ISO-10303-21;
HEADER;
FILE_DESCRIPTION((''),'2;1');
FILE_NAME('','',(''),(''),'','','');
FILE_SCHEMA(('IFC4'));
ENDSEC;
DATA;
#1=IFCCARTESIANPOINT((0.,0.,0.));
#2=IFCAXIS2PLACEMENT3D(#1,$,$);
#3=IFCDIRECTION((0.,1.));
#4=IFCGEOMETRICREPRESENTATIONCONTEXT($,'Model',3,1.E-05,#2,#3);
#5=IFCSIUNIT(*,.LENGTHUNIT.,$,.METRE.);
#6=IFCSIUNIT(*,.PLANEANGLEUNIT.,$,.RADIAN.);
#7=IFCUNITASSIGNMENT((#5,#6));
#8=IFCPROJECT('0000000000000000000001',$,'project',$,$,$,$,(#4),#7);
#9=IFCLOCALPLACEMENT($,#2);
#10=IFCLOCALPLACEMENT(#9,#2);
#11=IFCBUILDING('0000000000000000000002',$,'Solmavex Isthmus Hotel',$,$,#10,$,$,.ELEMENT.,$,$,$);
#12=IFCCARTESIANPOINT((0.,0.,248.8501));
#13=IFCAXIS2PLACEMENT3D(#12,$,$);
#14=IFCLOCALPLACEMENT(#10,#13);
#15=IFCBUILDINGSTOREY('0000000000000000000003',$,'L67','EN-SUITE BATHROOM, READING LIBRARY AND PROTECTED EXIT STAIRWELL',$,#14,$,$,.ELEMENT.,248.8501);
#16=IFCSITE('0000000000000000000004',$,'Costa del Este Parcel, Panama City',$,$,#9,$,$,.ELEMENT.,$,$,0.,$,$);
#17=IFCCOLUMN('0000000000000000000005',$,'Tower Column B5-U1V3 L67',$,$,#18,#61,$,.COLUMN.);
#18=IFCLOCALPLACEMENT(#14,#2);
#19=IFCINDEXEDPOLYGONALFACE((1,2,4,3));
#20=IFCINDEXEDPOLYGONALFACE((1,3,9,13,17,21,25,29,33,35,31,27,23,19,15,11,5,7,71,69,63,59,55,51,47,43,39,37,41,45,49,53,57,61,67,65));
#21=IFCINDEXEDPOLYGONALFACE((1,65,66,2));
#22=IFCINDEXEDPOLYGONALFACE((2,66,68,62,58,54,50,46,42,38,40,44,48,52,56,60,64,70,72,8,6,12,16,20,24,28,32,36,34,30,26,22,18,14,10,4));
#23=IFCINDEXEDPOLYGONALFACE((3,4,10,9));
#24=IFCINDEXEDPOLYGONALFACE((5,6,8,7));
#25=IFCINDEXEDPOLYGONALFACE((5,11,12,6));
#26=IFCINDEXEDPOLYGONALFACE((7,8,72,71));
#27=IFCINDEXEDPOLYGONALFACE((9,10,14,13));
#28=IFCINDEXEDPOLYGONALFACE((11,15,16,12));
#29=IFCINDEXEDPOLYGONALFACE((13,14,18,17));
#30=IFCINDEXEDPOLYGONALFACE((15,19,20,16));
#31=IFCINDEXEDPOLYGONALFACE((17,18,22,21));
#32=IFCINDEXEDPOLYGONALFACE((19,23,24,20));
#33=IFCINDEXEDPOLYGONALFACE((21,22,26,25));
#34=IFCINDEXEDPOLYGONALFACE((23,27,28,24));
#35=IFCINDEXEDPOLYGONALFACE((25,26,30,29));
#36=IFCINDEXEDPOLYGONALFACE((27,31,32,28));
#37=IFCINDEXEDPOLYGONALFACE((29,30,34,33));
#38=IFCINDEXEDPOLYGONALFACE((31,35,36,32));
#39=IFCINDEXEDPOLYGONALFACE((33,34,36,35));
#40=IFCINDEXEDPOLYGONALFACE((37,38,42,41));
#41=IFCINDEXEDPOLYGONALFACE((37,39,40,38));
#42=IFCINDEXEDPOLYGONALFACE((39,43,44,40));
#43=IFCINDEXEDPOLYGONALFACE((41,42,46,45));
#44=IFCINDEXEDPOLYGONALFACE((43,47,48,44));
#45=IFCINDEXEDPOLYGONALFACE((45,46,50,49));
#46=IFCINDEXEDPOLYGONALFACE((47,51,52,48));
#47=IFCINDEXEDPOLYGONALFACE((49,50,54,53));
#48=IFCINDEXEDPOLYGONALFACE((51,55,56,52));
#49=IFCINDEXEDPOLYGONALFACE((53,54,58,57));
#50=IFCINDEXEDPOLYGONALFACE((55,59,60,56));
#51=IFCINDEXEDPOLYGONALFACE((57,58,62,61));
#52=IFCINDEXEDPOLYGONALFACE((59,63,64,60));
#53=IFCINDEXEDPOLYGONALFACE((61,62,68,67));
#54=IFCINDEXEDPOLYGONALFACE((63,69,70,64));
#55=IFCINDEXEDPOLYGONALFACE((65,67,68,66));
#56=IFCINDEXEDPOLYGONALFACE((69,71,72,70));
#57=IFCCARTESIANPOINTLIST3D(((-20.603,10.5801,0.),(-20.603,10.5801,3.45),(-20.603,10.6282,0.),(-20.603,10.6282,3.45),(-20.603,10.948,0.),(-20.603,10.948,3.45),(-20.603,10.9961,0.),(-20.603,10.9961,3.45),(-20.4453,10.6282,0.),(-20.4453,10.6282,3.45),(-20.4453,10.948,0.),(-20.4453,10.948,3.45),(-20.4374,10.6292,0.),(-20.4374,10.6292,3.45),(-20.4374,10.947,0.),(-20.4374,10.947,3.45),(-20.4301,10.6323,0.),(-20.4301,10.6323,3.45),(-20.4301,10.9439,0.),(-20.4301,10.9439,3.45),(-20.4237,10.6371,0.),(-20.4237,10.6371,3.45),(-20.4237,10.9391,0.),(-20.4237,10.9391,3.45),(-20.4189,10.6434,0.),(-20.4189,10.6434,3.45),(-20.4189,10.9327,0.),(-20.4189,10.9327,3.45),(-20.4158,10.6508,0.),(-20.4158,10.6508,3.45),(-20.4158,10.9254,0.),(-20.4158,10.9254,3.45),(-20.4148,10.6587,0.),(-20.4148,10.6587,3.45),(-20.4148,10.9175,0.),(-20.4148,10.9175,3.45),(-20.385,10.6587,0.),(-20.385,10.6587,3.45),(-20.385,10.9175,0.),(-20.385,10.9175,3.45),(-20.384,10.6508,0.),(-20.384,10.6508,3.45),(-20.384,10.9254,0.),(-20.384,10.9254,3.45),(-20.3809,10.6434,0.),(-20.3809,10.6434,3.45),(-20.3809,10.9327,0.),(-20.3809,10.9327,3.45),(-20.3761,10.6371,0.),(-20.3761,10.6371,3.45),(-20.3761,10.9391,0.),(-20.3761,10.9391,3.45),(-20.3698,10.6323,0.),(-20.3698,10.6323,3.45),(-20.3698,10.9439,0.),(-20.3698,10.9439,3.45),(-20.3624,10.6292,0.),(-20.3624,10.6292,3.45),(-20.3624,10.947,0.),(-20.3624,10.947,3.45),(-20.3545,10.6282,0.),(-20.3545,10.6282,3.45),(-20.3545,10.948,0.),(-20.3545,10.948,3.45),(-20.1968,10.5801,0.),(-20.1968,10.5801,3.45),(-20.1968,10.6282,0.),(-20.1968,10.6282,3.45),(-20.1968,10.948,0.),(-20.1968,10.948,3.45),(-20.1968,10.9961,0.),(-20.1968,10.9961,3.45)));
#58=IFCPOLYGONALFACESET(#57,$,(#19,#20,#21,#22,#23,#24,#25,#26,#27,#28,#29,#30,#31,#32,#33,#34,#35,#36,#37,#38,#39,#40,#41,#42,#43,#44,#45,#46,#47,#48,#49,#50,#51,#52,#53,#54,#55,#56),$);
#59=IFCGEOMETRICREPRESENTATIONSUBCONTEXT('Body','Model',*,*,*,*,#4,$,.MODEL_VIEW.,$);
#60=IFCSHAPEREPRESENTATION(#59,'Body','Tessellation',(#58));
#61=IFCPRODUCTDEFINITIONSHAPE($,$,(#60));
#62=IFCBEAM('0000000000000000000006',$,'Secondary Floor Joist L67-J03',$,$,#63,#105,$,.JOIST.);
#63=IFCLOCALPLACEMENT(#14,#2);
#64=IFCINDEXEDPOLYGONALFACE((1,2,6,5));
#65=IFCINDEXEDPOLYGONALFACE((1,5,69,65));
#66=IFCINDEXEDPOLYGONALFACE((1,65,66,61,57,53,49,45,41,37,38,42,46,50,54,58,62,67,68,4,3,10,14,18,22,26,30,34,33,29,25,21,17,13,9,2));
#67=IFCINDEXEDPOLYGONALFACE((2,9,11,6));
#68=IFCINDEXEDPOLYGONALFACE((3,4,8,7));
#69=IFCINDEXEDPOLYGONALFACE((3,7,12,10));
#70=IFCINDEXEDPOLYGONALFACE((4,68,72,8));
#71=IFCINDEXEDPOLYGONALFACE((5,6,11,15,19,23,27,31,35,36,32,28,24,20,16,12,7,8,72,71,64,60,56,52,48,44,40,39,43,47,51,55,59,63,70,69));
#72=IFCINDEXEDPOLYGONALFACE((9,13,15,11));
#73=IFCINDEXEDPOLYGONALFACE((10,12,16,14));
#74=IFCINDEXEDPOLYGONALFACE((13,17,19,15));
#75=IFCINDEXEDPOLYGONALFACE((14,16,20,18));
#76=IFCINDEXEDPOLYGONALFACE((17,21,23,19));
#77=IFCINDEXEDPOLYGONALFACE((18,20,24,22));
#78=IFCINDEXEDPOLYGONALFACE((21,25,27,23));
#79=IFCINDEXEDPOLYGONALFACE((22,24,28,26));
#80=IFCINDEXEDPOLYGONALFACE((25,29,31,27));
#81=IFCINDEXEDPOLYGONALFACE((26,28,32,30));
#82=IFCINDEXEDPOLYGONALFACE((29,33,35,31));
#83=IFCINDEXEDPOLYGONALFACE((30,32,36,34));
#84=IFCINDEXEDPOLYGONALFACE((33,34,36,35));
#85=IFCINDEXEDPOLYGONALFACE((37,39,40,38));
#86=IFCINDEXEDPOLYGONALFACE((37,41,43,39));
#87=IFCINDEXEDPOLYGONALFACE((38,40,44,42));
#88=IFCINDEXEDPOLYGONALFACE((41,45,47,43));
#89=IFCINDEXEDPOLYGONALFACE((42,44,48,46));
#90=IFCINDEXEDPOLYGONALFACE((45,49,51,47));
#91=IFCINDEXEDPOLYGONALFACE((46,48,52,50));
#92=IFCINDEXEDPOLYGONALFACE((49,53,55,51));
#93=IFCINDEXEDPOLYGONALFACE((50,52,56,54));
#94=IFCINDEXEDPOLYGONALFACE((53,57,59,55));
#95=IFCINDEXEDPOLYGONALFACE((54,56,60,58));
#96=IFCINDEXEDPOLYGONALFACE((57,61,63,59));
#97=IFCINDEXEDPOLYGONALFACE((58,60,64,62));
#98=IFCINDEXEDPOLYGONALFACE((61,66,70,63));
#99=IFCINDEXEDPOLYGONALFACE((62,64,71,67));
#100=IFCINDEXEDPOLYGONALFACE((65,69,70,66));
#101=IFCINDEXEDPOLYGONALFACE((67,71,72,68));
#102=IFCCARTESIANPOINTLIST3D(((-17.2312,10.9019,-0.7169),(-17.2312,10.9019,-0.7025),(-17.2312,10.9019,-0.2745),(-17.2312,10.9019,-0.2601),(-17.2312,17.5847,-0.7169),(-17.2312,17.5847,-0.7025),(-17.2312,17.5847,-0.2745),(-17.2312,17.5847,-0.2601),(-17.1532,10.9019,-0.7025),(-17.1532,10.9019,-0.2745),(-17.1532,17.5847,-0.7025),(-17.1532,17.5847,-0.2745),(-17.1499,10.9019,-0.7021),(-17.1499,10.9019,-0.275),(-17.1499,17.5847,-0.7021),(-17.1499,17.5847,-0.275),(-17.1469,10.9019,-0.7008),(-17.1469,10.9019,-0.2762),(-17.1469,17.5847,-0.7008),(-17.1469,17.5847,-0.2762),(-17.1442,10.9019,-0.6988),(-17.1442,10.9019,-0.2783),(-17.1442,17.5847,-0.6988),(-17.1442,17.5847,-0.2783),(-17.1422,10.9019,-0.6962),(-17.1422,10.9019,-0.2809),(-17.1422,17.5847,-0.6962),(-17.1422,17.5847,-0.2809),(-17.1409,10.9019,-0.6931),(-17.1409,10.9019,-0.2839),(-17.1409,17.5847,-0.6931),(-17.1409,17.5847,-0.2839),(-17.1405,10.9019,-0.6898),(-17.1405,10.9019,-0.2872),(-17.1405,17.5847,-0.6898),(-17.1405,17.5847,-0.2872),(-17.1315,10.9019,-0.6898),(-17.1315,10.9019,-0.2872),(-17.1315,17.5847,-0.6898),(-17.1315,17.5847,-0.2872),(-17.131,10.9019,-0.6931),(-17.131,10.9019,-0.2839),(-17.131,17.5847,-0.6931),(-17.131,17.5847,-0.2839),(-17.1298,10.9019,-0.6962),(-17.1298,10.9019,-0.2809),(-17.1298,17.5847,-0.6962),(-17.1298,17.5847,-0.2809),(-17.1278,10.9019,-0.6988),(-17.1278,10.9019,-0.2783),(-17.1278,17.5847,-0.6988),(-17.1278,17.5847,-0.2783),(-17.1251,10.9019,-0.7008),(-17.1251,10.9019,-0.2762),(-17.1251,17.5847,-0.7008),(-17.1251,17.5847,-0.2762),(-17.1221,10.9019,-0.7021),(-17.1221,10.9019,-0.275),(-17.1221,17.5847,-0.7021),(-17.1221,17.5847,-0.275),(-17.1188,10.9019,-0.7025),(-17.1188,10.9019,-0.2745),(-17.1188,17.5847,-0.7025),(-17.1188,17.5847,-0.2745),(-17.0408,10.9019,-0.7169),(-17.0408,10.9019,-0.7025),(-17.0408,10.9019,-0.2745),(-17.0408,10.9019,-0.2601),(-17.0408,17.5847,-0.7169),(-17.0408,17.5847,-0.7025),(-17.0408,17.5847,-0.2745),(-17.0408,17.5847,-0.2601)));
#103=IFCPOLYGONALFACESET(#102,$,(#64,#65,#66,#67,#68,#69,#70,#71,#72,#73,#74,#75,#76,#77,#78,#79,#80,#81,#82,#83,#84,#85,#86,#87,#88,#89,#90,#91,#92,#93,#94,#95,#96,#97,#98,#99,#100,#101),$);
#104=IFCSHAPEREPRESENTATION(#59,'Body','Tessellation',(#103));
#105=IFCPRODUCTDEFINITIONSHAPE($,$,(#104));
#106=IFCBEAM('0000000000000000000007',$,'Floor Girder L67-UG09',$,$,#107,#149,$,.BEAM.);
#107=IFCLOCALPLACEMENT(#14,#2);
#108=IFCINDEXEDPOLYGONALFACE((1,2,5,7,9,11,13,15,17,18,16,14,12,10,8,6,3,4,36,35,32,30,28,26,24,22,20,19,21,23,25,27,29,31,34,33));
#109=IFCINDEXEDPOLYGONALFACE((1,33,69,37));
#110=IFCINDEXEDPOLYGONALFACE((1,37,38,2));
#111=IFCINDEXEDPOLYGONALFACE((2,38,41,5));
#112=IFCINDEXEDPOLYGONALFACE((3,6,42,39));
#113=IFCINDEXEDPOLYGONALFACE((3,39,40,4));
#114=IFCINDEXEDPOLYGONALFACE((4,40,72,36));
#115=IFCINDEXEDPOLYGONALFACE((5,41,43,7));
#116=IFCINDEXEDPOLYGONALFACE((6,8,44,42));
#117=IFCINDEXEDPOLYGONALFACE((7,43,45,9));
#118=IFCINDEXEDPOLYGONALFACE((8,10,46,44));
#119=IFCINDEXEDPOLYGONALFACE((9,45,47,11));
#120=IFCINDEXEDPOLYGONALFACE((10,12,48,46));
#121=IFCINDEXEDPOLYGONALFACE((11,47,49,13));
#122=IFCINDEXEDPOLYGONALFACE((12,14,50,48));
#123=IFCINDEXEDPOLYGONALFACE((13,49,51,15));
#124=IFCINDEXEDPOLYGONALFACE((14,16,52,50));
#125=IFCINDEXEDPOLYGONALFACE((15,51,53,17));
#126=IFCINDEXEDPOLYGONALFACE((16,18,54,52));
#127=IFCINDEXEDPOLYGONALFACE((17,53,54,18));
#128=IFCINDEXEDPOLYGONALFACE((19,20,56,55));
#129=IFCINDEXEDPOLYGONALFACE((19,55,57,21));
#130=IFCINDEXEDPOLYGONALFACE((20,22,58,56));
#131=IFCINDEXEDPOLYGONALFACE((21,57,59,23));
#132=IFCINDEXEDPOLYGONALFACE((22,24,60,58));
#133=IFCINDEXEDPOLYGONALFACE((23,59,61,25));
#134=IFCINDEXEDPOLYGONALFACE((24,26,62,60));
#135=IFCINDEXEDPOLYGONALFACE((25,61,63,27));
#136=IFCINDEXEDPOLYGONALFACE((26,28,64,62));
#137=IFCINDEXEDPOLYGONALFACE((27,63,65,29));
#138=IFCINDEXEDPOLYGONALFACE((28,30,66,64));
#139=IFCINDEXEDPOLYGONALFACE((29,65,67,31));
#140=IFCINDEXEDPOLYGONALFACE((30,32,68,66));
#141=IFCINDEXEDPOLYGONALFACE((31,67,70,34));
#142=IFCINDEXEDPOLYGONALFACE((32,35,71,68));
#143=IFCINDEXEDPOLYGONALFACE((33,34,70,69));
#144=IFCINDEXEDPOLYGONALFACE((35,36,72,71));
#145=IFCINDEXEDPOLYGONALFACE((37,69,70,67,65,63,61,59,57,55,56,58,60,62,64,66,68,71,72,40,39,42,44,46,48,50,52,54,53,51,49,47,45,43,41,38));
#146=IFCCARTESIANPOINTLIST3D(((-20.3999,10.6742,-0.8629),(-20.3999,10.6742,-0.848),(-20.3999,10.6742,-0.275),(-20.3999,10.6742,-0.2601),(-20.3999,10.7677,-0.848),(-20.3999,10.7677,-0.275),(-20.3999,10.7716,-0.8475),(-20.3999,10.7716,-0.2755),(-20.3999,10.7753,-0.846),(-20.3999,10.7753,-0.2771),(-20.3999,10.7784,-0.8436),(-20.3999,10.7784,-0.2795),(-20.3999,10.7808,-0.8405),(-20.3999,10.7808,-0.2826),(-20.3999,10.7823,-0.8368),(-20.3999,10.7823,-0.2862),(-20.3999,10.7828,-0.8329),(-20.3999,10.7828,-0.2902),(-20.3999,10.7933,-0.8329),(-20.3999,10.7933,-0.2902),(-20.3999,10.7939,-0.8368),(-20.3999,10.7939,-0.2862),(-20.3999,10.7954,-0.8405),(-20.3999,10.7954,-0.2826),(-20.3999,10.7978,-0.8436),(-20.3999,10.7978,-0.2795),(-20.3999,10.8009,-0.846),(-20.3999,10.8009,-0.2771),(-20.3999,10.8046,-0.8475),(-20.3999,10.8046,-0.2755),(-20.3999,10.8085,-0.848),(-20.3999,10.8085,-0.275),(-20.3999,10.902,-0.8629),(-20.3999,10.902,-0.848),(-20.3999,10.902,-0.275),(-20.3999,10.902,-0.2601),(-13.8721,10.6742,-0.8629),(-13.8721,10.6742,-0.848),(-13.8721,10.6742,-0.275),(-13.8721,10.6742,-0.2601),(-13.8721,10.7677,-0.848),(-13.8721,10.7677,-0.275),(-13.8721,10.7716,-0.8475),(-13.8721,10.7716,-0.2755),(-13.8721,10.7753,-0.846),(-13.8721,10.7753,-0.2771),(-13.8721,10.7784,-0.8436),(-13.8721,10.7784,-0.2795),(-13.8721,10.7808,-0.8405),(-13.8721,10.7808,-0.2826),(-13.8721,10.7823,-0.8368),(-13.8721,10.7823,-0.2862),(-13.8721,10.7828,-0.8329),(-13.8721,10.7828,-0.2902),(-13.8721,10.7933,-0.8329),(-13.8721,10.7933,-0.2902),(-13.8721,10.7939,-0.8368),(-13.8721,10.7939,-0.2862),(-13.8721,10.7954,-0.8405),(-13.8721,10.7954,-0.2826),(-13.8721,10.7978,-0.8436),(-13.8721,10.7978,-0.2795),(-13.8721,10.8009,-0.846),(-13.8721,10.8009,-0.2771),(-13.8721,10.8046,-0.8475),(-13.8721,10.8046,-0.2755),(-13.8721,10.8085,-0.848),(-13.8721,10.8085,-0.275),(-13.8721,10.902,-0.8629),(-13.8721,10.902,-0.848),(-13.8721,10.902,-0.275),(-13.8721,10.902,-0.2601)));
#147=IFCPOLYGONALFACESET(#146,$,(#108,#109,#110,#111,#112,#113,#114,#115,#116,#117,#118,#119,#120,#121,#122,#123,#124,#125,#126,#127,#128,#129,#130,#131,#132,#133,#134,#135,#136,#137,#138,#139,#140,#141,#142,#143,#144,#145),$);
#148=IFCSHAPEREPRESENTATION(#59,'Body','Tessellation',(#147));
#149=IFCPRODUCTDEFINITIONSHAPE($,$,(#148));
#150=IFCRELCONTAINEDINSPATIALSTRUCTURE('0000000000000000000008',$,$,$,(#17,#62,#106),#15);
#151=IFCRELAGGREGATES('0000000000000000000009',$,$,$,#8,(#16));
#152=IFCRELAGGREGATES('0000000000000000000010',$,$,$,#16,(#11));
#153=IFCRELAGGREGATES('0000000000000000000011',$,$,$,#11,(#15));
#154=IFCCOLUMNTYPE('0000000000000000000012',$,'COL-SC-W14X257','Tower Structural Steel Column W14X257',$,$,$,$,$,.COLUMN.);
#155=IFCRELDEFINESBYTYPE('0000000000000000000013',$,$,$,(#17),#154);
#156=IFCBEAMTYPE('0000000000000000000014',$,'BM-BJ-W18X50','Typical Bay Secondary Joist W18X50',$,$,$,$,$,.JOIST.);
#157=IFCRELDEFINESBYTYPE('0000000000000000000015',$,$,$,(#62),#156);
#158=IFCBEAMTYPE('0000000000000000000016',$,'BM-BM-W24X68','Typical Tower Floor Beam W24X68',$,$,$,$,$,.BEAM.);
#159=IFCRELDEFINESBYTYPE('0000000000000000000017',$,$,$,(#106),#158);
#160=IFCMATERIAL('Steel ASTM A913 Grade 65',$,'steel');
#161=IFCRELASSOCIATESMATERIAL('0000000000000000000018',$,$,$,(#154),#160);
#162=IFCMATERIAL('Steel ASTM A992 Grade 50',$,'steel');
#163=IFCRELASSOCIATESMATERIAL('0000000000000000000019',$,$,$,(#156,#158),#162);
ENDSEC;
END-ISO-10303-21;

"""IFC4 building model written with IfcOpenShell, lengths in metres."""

from ifc_helpers import new_model, si_unit, direction, frame, origin, origin_2d, place, context, subcontext, project, spatial, i_section, extrude, material, material_profile, profile_set, type_object, element, save


model = new_model("IFC4")

# Units and contexts
model_context = context("Model", 3, precision=1e-05, world=origin(), true_north=direction((0.0, 1.0)))
body_context = subcontext(model_context, "Body", "Model", "MODEL_VIEW")
ifc_project = project(units=[si_unit("LENGTHUNIT", "METRE"), si_unit("PLANEANGLEUNIT", "RADIAN")], contexts=[model_context])

# Site, building, storey
site_placement = place(None, origin())
site = spatial("IfcSite", under=ifc_project, at=site_placement, Name="Costa del Este Parcel, Panama City", CompositionType="ELEMENT", RefElevation=0.0)
building_placement = place(site_placement, origin())
building = spatial("IfcBuilding", under=site, at=building_placement, Name="Solmavex Isthmus Hotel", CompositionType="ELEMENT")
storey_placement = place(building_placement, frame((0.0, 0.0, 248.8501)))
storey = spatial("IfcBuildingStorey", under=building, at=storey_placement, Name="L67", Description="EN-SUITE BATHROOM, READING LIBRARY AND PROTECTED EXIT STAIRWELL", CompositionType="ELEMENT", Elevation=248.8501)

# Column
ifc_material_1 = material(Name="Steel ASTM A913 Grade 65", Category="steel")
ifc_material_profile_1 = material_profile(ifc_material_1, i_section(OverallWidth=0.4062, OverallDepth=0.416, WebThickness=0.0298, FlangeThickness=0.0481, FilletRadius=0.0305, at=origin_2d()), Name="W14X257")
ifc_profile_set_1 = profile_set([ifc_material_profile_1], Name="Steel ASTM A913 Grade 65")
column_type = type_object("IfcColumnType", Name="COL-SC-W14X257", Description="Tower Structural Steel Column W14X257", PredefinedType="COLUMN", material=ifc_profile_set_1)
column_placement = place(storey_placement, frame((-20.3999, 10.7881, 0.0), z_axis=(0.0, 0.0, 1.0), x_axis=(1.0, 0.0, 0.0)))
element("IfcColumn", 1, at=column_placement, inside=storey, type_object=column_type, Name="Tower Column B5-U1V3 L67", PredefinedType="COLUMN", context=body_context, shape_type="SweptSolid", body=[
    extrude(i_section(OverallWidth=0.4062, OverallDepth=0.416, WebThickness=0.0298, FlangeThickness=0.0481, FilletRadius=0.0305, at=origin_2d()), origin(), (0.0, 0.0, 1.0), 3.45),
])

# Beams
ifc_material_2 = material(Name="Steel ASTM A992 Grade 50", Category="steel")
ifc_material_profile_2 = material_profile(ifc_material_2, i_section(OverallWidth=0.1904, OverallDepth=0.4568, WebThickness=0.009, FlangeThickness=0.0144, FilletRadius=0.0127, at=origin_2d()), Name="W18X50")
ifc_profile_set_2 = profile_set([ifc_material_profile_2], Name="Steel ASTM A992 Grade 50")
beam_type_1 = type_object("IfcBeamType", Name="BM-BJ-W18X50", Description="Typical Bay Secondary Joist W18X50", PredefinedType="JOIST", material=ifc_profile_set_2)
beam_1_placement = place(storey_placement, frame((-17.136, 10.9019, -0.4885), z_axis=(0.0, 1.0, 0.0), x_axis=(-1.0, 0.0, 0.0)))
element("IfcBeam", 2, at=beam_1_placement, inside=storey, type_object=beam_type_1, Name="Secondary Floor Joist L67-J03", PredefinedType="JOIST", context=body_context, shape_type="SweptSolid", body=[
    extrude(i_section(OverallWidth=0.1904, OverallDepth=0.4568, WebThickness=0.009, FlangeThickness=0.0144, FilletRadius=0.0127, at=origin_2d()), origin(), (0.0, 0.0, 1.0), 6.6829),
])
ifc_material_profile_3 = material_profile(ifc_material_2, i_section(OverallWidth=0.2278, OverallDepth=0.6028, WebThickness=0.0105, FlangeThickness=0.0149, FilletRadius=0.0151, at=origin_2d()), Name="W24X68")
ifc_profile_set_3 = profile_set([ifc_material_profile_3], Name="Steel ASTM A992 Grade 50")
beam_type_2 = type_object("IfcBeamType", Name="BM-BM-W24X68", Description="Typical Tower Floor Beam W24X68", PredefinedType="BEAM", material=ifc_profile_set_3)
beam_2_placement = place(storey_placement, frame((-20.3999, 10.7881, -0.5615), z_axis=(1.0, 0.0, 0.0), x_axis=(0.0, 1.0, 0.0)))
element("IfcBeam", 3, at=beam_2_placement, inside=storey, type_object=beam_type_2, Name="Floor Girder L67-UG09", PredefinedType="BEAM", context=body_context, shape_type="SweptSolid", body=[
    extrude(i_section(OverallWidth=0.2278, OverallDepth=0.6028, WebThickness=0.0105, FlangeThickness=0.0149, FilletRadius=0.0151, at=origin_2d()), origin(), (0.0, 0.0, 1.0), 6.5278),
])

save(model, "model.ifc")
